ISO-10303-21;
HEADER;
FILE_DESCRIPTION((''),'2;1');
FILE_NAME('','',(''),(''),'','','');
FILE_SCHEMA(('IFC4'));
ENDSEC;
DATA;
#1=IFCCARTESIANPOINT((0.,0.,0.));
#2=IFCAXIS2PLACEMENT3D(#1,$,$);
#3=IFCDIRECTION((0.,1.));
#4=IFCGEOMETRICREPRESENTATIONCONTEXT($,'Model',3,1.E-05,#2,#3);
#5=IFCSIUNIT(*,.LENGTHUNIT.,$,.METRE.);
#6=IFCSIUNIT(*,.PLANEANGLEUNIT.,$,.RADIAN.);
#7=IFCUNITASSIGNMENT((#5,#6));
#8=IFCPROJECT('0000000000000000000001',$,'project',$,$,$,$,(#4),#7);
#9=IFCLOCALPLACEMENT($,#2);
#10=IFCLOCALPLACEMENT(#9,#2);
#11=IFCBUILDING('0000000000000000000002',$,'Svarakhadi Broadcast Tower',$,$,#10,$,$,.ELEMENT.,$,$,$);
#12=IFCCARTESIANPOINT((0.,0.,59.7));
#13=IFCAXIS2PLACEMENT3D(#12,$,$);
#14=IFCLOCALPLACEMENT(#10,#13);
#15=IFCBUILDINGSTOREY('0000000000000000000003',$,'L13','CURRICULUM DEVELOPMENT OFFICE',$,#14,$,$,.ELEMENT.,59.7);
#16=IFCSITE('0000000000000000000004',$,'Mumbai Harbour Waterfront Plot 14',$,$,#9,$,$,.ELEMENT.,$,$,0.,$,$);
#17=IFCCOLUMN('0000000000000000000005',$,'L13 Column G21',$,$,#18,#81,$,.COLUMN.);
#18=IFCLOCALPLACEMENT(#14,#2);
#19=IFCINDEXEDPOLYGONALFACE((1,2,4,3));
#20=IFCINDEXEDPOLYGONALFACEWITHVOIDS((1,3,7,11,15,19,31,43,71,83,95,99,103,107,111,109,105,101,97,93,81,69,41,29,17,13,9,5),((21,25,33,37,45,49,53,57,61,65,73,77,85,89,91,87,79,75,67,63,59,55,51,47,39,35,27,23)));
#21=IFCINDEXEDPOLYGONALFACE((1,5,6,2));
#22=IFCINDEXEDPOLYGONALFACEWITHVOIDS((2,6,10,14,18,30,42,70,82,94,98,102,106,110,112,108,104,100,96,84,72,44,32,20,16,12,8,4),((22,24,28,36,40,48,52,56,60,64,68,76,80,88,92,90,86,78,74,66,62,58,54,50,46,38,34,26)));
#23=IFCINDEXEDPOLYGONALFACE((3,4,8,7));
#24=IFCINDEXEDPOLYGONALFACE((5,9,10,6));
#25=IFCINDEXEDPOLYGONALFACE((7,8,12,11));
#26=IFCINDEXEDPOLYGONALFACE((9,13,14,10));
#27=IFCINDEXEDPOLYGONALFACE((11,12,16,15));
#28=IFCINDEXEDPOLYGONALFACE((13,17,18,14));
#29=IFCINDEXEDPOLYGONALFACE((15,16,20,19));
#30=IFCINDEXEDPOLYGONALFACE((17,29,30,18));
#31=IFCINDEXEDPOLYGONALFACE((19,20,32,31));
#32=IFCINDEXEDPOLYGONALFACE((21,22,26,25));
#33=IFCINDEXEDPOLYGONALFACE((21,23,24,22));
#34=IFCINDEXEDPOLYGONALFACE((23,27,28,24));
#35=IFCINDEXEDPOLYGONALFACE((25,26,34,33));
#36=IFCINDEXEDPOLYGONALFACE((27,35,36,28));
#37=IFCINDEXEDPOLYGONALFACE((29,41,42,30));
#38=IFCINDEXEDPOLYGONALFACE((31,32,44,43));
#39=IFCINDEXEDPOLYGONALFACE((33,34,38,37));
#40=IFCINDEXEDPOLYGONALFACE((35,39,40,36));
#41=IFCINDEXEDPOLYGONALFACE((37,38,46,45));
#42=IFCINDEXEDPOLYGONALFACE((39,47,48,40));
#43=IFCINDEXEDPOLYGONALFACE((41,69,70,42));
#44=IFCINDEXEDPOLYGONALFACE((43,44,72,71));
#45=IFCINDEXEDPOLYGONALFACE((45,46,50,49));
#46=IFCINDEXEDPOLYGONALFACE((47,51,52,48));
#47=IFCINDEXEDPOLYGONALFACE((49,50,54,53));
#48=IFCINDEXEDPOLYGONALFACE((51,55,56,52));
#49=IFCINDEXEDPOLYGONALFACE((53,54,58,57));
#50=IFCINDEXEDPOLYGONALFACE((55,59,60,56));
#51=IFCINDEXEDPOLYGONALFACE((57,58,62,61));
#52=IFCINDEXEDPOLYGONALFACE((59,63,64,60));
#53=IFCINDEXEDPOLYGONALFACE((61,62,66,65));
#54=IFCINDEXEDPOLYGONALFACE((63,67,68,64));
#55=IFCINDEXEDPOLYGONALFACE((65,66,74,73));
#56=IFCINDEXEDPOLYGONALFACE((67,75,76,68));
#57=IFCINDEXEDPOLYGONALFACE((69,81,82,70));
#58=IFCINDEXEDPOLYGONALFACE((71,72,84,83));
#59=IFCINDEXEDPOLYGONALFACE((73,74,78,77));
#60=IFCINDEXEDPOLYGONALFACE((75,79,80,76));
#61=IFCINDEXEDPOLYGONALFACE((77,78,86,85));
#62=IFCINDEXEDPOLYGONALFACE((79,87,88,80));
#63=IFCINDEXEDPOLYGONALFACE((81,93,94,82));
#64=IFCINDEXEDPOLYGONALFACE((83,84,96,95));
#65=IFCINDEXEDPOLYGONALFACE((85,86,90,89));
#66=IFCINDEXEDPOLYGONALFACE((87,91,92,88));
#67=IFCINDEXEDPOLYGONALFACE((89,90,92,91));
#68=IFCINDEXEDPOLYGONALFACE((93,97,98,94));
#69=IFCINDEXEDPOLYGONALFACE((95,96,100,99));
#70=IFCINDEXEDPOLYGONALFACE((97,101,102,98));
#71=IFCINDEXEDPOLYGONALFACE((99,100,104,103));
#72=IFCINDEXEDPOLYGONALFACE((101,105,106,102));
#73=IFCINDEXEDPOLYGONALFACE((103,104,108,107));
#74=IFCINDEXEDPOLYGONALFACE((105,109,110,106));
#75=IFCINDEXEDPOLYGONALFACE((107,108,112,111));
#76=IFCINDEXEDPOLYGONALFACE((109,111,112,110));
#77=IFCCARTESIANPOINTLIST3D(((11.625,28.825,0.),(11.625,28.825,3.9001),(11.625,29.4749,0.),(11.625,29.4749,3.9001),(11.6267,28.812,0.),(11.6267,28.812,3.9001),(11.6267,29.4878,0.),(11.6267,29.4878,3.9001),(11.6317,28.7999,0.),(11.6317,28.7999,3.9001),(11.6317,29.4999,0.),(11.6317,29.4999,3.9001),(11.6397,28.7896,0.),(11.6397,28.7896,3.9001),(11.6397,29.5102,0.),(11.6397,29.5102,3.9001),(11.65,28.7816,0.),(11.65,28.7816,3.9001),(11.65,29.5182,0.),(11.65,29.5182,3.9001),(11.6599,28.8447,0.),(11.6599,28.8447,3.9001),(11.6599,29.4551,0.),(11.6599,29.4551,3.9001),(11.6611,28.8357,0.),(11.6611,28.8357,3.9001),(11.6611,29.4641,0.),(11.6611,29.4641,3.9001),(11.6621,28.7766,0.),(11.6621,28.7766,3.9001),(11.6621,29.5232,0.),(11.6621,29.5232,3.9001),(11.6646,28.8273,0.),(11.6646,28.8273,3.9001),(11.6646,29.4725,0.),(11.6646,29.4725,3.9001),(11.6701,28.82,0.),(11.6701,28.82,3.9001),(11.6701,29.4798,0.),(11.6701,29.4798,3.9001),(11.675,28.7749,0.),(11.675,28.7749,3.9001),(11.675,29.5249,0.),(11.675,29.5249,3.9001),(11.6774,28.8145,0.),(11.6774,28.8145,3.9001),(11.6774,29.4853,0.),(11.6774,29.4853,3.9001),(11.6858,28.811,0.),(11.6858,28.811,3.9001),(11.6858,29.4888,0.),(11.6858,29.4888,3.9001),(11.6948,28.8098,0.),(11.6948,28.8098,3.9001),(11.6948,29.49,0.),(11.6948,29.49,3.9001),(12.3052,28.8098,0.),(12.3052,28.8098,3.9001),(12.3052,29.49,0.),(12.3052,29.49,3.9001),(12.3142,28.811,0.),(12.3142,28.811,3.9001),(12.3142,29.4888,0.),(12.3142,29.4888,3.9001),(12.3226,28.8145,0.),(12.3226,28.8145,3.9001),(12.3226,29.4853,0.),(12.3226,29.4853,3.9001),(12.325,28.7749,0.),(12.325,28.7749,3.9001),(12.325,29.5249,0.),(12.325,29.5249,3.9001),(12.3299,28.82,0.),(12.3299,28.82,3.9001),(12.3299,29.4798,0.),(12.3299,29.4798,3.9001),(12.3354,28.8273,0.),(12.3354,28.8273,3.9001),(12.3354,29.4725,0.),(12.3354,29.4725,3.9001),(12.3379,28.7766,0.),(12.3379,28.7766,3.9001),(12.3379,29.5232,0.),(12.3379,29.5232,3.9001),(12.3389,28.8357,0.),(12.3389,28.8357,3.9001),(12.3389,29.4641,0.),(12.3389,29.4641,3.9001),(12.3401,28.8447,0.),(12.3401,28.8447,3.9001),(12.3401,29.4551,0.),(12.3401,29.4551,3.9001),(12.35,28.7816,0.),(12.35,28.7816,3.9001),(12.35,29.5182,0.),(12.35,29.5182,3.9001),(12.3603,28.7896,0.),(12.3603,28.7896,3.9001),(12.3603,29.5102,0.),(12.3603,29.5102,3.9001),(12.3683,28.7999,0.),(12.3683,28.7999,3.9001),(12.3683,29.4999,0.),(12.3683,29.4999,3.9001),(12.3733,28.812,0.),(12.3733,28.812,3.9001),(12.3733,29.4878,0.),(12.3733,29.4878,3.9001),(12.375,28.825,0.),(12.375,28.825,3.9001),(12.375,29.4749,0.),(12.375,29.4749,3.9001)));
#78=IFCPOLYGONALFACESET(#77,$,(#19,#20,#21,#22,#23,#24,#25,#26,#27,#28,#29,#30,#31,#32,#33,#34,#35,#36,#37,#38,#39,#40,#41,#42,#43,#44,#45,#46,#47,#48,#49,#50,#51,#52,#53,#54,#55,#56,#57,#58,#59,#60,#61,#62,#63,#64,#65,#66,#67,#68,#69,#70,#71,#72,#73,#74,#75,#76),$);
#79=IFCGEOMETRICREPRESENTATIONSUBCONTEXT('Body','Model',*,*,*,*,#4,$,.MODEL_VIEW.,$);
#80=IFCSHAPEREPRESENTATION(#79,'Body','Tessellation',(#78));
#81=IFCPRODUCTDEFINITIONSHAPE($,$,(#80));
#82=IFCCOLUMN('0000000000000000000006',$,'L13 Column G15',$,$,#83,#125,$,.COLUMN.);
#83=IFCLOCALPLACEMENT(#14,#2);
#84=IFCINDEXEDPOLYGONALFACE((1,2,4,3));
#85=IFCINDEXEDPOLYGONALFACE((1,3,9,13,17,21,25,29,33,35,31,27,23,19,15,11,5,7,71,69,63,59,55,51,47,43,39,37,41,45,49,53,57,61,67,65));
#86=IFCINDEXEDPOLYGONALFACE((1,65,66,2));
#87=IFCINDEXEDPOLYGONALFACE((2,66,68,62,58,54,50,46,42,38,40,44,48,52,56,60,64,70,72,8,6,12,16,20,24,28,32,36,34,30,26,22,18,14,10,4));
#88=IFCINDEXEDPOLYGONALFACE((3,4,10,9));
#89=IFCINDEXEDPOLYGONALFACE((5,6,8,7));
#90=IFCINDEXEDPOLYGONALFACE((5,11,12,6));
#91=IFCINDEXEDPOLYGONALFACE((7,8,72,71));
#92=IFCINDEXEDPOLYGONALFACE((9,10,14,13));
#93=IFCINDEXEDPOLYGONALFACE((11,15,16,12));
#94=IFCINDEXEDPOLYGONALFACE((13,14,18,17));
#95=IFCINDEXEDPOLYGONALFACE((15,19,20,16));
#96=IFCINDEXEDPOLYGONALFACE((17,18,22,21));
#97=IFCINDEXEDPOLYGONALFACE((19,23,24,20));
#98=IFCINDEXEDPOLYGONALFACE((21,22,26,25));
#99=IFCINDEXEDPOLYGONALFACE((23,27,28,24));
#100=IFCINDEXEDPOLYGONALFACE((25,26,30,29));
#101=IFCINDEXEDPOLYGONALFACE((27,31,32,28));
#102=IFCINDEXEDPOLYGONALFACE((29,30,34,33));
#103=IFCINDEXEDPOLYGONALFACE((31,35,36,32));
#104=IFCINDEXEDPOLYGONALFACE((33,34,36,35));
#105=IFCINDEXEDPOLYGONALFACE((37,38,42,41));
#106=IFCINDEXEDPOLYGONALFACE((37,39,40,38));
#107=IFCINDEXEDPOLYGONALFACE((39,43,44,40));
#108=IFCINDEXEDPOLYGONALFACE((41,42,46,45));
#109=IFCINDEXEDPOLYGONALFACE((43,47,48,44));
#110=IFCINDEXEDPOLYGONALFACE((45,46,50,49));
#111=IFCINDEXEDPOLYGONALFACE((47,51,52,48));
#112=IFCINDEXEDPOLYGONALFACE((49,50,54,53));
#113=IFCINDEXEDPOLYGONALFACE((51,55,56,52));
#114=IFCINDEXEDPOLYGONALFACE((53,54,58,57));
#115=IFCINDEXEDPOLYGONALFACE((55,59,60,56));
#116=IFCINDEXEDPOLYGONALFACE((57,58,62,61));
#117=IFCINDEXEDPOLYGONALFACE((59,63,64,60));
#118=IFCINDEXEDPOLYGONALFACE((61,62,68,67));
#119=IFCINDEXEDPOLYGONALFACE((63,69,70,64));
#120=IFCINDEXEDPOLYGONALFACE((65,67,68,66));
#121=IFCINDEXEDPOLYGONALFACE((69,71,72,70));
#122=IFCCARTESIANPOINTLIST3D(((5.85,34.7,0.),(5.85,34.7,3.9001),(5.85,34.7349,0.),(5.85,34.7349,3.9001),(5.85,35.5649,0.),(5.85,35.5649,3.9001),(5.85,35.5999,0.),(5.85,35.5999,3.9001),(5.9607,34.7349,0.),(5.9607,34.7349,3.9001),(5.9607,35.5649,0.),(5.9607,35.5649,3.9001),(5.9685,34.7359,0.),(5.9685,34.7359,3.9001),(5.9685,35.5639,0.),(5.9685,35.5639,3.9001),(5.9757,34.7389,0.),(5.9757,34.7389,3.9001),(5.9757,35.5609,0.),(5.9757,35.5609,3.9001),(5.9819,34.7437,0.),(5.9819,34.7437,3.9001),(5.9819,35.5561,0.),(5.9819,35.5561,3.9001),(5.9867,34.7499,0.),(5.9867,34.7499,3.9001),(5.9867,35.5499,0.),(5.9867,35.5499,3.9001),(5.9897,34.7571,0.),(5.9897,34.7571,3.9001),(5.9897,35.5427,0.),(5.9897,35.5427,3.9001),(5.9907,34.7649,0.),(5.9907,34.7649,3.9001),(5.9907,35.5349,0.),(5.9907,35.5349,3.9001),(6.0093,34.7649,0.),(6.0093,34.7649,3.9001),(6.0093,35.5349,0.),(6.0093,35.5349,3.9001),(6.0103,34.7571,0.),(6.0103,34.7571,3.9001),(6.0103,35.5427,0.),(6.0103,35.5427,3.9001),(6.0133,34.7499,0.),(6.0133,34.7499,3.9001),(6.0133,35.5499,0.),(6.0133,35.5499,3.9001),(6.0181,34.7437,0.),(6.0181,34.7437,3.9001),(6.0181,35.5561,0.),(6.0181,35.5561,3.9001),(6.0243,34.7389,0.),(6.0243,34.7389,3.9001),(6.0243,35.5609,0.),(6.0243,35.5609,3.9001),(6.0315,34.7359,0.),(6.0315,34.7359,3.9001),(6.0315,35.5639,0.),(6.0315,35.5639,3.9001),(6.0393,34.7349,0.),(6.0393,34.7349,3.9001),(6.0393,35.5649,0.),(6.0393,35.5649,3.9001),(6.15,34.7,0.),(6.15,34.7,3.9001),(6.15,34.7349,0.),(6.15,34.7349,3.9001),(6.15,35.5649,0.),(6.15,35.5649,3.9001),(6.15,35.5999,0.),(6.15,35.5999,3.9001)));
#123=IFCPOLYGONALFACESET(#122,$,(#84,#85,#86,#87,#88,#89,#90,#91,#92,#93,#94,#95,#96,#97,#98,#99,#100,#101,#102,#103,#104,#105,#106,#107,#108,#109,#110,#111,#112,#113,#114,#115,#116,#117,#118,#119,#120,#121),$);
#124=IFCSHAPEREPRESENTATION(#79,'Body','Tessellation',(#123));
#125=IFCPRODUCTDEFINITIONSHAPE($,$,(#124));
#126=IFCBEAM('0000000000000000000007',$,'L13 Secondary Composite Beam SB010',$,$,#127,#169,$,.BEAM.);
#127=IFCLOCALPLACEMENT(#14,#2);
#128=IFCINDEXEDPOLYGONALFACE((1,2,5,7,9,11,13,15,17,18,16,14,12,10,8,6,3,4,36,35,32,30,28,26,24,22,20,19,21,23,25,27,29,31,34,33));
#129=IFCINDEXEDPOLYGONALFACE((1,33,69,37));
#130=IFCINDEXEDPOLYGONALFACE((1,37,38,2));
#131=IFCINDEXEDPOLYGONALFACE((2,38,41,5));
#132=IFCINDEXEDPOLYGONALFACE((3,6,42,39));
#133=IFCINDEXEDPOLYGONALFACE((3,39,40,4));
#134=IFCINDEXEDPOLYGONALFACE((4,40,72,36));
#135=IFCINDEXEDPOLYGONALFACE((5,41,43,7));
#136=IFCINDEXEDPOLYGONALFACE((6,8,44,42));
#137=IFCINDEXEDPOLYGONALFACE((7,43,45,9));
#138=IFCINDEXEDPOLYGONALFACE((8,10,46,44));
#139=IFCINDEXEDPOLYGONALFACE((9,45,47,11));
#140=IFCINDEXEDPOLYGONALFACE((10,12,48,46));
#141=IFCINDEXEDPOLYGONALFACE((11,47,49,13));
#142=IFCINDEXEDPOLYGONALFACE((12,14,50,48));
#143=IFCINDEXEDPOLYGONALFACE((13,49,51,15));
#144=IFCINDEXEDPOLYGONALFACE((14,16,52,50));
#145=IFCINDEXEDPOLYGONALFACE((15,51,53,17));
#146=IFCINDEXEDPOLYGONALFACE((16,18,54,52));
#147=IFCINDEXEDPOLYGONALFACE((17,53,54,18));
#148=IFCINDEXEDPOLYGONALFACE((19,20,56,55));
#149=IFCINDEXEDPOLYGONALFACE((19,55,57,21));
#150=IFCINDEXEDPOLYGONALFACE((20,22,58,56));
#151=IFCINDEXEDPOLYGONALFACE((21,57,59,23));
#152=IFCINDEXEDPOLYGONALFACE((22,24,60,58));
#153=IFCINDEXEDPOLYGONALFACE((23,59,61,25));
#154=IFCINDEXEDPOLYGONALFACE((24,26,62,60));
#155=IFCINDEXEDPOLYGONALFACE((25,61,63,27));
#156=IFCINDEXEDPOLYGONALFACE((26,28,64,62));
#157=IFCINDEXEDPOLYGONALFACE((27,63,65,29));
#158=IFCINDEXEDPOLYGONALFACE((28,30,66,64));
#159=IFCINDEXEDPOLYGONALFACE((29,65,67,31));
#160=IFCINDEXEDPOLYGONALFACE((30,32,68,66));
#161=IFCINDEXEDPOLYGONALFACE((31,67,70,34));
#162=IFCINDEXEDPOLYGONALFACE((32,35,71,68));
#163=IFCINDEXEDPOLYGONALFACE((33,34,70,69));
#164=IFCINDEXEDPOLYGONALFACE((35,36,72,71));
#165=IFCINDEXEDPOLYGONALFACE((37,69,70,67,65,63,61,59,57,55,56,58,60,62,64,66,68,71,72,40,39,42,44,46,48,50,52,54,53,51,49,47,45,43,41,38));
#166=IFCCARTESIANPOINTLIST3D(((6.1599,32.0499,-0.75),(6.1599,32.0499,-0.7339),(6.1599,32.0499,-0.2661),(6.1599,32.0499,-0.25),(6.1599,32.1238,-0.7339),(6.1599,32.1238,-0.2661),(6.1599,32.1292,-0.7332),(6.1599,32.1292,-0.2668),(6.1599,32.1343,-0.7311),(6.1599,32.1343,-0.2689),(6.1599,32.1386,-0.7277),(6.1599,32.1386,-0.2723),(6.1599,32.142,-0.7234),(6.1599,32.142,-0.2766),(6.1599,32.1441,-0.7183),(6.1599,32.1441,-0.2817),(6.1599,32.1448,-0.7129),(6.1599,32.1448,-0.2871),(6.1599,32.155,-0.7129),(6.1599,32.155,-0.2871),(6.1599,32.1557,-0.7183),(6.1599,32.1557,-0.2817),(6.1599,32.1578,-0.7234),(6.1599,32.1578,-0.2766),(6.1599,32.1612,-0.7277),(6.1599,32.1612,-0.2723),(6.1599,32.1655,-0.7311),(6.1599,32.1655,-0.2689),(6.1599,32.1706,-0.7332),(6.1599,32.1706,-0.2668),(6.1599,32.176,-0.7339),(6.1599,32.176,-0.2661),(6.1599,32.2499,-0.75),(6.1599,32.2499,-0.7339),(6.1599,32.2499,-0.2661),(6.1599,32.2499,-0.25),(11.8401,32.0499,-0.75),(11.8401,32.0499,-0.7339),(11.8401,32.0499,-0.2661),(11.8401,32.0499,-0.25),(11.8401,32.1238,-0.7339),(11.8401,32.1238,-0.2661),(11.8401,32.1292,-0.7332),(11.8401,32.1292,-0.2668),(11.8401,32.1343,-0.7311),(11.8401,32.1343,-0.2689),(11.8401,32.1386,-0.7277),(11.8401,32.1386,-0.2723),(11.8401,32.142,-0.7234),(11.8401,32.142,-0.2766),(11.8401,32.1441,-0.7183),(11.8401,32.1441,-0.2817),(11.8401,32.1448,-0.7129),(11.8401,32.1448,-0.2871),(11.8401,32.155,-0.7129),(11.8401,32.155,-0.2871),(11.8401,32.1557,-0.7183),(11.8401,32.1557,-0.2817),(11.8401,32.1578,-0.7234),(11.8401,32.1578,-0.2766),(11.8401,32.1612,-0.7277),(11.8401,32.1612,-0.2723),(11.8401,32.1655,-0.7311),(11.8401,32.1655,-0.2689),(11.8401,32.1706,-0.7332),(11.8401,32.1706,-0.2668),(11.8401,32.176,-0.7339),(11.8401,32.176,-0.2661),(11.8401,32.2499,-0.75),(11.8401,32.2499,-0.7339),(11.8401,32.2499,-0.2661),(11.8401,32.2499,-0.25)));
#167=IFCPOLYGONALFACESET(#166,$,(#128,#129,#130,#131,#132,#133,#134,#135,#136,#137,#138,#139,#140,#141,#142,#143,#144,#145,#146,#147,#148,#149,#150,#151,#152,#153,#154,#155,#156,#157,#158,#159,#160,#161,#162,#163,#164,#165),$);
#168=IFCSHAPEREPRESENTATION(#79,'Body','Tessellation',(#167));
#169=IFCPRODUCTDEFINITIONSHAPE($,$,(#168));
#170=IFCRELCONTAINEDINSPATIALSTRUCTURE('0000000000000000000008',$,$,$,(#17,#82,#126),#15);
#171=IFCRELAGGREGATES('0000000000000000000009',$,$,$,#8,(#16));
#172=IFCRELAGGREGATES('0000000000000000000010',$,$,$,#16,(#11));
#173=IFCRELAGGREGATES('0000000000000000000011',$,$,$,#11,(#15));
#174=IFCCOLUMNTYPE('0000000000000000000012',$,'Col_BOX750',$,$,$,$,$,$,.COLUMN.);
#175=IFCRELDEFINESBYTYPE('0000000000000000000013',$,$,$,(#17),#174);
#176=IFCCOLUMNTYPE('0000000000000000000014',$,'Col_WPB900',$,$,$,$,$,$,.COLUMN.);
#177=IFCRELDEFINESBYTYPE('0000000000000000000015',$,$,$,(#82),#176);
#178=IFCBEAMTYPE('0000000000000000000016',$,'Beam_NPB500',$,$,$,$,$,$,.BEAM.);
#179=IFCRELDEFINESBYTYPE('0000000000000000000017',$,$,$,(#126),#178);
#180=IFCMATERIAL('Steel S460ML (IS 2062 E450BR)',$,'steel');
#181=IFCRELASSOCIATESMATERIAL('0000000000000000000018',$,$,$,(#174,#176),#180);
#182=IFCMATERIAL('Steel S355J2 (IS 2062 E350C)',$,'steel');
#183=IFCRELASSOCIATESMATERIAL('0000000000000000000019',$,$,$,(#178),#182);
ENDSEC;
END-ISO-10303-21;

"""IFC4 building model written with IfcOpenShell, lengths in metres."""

from ifc_helpers import new_model, si_unit, direction, frame, origin, origin_2d, place, context, subcontext, project, spatial, hollow_rectangle, i_section, extrude, material, material_profile, profile_set, type_object, element, save


model = new_model("IFC4")

# Units and contexts
model_context = context("Model", 3, precision=1e-05, world=origin(), true_north=direction((0.0, 1.0)))
body_context = subcontext(model_context, "Body", "Model", "MODEL_VIEW")
ifc_project = project(units=[si_unit("LENGTHUNIT", "METRE"), si_unit("PLANEANGLEUNIT", "RADIAN")], contexts=[model_context])

# Site, building, storey
site_placement = place(None, origin())
site = spatial("IfcSite", under=ifc_project, at=site_placement, Name="Mumbai Harbour Waterfront Plot 14", CompositionType="ELEMENT", RefElevation=0.0)
building_placement = place(site_placement, origin())
building = spatial("IfcBuilding", under=site, at=building_placement, Name="Svarakhadi Broadcast Tower", CompositionType="ELEMENT")
storey_placement = place(building_placement, frame((0.0, 0.0, 59.7)))
storey = spatial("IfcBuildingStorey", under=building, at=storey_placement, Name="L13", Description="CURRICULUM DEVELOPMENT OFFICE", CompositionType="ELEMENT", Elevation=59.7)

# Columns
ifc_material_1 = material(Name="Steel S460ML (IS 2062 E450BR)", Category="steel")
ifc_material_profile_1 = material_profile(ifc_material_1, hollow_rectangle(XDim=0.75, YDim=0.75, WallThickness=0.0349, InnerFilletRadius=0.0349, OuterFilletRadius=0.05, at=origin_2d()), Name="BOX 750x750x35")
ifc_profile_set_1 = profile_set([ifc_material_profile_1], Name="Steel S460ML (IS 2062 E450BR)")
column_type_1 = type_object("IfcColumnType", Name="Col_BOX750", PredefinedType="COLUMN", material=ifc_profile_set_1)
column_1_placement = place(storey_placement, frame((12.0, 29.1499, 0.0), z_axis=(0.0, 0.0, 1.0), x_axis=(1.0, 0.0, 0.0)))
element("IfcColumn", 1, at=column_1_placement, inside=storey, type_object=column_type_1, Name="L13 Column G21", PredefinedType="COLUMN", context=body_context, shape_type="SweptSolid", body=[
    extrude(hollow_rectangle(XDim=0.75, YDim=0.75, WallThickness=0.0349, InnerFilletRadius=0.0349, OuterFilletRadius=0.05, at=origin_2d()), origin(), (0.0, 0.0, 1.0), 3.9001),
])
ifc_material_profile_2 = material_profile(ifc_material_1, i_section(OverallWidth=0.3, OverallDepth=0.8999, WebThickness=0.0186, FlangeThickness=0.0349, FilletRadius=0.03, at=origin_2d()), Name="WPB 900x300x291")
ifc_profile_set_2 = profile_set([ifc_material_profile_2], Name="Steel S460ML (IS 2062 E450BR)")
column_type_2 = type_object("IfcColumnType", Name="Col_WPB900", PredefinedType="COLUMN", material=ifc_profile_set_2)
column_2_placement = place(storey_placement, frame((6.0, 35.1499, 0.0), z_axis=(0.0, 0.0, 1.0), x_axis=(1.0, 0.0, 0.0)))
element("IfcColumn", 2, at=column_2_placement, inside=storey, type_object=column_type_2, Name="L13 Column G15", PredefinedType="COLUMN", context=body_context, shape_type="SweptSolid", body=[
    extrude(i_section(OverallWidth=0.3, OverallDepth=0.8999, WebThickness=0.0186, FlangeThickness=0.0349, FilletRadius=0.03, at=origin_2d()), origin(), (0.0, 0.0, 1.0), 3.9001),
])

# Beam
ifc_material_2 = material(Name="Steel S355J2 (IS 2062 E350C)", Category="steel")
ifc_material_profile_3 = material_profile(ifc_material_2, i_section(OverallWidth=0.2, OverallDepth=0.5, WebThickness=0.0103, FlangeThickness=0.0161, FilletRadius=0.021, at=origin_2d()), Name="NPB 500x200x91")
ifc_profile_set_3 = profile_set([ifc_material_profile_3], Name="Steel S355J2 (IS 2062 E350C)")
beam_type_1 = type_object("IfcBeamType", Name="Beam_NPB500", PredefinedType="BEAM", material=ifc_profile_set_3)
beam_placement = place(storey_placement, frame((6.1599, 32.1499, -0.5), z_axis=(1.0, 0.0, 0.0), x_axis=(0.0, 1.0, 0.0)))
element("IfcBeam", 3, at=beam_placement, inside=storey, type_object=beam_type_1, Name="L13 Secondary Composite Beam SB010", PredefinedType="BEAM", context=body_context, shape_type="SweptSolid", body=[
    extrude(i_section(OverallWidth=0.2, OverallDepth=0.5, WebThickness=0.0103, FlangeThickness=0.0161, FilletRadius=0.021, at=origin_2d()), origin(), (0.0, 0.0, 1.0), 5.6802),
])

save(model, "model.ifc")
